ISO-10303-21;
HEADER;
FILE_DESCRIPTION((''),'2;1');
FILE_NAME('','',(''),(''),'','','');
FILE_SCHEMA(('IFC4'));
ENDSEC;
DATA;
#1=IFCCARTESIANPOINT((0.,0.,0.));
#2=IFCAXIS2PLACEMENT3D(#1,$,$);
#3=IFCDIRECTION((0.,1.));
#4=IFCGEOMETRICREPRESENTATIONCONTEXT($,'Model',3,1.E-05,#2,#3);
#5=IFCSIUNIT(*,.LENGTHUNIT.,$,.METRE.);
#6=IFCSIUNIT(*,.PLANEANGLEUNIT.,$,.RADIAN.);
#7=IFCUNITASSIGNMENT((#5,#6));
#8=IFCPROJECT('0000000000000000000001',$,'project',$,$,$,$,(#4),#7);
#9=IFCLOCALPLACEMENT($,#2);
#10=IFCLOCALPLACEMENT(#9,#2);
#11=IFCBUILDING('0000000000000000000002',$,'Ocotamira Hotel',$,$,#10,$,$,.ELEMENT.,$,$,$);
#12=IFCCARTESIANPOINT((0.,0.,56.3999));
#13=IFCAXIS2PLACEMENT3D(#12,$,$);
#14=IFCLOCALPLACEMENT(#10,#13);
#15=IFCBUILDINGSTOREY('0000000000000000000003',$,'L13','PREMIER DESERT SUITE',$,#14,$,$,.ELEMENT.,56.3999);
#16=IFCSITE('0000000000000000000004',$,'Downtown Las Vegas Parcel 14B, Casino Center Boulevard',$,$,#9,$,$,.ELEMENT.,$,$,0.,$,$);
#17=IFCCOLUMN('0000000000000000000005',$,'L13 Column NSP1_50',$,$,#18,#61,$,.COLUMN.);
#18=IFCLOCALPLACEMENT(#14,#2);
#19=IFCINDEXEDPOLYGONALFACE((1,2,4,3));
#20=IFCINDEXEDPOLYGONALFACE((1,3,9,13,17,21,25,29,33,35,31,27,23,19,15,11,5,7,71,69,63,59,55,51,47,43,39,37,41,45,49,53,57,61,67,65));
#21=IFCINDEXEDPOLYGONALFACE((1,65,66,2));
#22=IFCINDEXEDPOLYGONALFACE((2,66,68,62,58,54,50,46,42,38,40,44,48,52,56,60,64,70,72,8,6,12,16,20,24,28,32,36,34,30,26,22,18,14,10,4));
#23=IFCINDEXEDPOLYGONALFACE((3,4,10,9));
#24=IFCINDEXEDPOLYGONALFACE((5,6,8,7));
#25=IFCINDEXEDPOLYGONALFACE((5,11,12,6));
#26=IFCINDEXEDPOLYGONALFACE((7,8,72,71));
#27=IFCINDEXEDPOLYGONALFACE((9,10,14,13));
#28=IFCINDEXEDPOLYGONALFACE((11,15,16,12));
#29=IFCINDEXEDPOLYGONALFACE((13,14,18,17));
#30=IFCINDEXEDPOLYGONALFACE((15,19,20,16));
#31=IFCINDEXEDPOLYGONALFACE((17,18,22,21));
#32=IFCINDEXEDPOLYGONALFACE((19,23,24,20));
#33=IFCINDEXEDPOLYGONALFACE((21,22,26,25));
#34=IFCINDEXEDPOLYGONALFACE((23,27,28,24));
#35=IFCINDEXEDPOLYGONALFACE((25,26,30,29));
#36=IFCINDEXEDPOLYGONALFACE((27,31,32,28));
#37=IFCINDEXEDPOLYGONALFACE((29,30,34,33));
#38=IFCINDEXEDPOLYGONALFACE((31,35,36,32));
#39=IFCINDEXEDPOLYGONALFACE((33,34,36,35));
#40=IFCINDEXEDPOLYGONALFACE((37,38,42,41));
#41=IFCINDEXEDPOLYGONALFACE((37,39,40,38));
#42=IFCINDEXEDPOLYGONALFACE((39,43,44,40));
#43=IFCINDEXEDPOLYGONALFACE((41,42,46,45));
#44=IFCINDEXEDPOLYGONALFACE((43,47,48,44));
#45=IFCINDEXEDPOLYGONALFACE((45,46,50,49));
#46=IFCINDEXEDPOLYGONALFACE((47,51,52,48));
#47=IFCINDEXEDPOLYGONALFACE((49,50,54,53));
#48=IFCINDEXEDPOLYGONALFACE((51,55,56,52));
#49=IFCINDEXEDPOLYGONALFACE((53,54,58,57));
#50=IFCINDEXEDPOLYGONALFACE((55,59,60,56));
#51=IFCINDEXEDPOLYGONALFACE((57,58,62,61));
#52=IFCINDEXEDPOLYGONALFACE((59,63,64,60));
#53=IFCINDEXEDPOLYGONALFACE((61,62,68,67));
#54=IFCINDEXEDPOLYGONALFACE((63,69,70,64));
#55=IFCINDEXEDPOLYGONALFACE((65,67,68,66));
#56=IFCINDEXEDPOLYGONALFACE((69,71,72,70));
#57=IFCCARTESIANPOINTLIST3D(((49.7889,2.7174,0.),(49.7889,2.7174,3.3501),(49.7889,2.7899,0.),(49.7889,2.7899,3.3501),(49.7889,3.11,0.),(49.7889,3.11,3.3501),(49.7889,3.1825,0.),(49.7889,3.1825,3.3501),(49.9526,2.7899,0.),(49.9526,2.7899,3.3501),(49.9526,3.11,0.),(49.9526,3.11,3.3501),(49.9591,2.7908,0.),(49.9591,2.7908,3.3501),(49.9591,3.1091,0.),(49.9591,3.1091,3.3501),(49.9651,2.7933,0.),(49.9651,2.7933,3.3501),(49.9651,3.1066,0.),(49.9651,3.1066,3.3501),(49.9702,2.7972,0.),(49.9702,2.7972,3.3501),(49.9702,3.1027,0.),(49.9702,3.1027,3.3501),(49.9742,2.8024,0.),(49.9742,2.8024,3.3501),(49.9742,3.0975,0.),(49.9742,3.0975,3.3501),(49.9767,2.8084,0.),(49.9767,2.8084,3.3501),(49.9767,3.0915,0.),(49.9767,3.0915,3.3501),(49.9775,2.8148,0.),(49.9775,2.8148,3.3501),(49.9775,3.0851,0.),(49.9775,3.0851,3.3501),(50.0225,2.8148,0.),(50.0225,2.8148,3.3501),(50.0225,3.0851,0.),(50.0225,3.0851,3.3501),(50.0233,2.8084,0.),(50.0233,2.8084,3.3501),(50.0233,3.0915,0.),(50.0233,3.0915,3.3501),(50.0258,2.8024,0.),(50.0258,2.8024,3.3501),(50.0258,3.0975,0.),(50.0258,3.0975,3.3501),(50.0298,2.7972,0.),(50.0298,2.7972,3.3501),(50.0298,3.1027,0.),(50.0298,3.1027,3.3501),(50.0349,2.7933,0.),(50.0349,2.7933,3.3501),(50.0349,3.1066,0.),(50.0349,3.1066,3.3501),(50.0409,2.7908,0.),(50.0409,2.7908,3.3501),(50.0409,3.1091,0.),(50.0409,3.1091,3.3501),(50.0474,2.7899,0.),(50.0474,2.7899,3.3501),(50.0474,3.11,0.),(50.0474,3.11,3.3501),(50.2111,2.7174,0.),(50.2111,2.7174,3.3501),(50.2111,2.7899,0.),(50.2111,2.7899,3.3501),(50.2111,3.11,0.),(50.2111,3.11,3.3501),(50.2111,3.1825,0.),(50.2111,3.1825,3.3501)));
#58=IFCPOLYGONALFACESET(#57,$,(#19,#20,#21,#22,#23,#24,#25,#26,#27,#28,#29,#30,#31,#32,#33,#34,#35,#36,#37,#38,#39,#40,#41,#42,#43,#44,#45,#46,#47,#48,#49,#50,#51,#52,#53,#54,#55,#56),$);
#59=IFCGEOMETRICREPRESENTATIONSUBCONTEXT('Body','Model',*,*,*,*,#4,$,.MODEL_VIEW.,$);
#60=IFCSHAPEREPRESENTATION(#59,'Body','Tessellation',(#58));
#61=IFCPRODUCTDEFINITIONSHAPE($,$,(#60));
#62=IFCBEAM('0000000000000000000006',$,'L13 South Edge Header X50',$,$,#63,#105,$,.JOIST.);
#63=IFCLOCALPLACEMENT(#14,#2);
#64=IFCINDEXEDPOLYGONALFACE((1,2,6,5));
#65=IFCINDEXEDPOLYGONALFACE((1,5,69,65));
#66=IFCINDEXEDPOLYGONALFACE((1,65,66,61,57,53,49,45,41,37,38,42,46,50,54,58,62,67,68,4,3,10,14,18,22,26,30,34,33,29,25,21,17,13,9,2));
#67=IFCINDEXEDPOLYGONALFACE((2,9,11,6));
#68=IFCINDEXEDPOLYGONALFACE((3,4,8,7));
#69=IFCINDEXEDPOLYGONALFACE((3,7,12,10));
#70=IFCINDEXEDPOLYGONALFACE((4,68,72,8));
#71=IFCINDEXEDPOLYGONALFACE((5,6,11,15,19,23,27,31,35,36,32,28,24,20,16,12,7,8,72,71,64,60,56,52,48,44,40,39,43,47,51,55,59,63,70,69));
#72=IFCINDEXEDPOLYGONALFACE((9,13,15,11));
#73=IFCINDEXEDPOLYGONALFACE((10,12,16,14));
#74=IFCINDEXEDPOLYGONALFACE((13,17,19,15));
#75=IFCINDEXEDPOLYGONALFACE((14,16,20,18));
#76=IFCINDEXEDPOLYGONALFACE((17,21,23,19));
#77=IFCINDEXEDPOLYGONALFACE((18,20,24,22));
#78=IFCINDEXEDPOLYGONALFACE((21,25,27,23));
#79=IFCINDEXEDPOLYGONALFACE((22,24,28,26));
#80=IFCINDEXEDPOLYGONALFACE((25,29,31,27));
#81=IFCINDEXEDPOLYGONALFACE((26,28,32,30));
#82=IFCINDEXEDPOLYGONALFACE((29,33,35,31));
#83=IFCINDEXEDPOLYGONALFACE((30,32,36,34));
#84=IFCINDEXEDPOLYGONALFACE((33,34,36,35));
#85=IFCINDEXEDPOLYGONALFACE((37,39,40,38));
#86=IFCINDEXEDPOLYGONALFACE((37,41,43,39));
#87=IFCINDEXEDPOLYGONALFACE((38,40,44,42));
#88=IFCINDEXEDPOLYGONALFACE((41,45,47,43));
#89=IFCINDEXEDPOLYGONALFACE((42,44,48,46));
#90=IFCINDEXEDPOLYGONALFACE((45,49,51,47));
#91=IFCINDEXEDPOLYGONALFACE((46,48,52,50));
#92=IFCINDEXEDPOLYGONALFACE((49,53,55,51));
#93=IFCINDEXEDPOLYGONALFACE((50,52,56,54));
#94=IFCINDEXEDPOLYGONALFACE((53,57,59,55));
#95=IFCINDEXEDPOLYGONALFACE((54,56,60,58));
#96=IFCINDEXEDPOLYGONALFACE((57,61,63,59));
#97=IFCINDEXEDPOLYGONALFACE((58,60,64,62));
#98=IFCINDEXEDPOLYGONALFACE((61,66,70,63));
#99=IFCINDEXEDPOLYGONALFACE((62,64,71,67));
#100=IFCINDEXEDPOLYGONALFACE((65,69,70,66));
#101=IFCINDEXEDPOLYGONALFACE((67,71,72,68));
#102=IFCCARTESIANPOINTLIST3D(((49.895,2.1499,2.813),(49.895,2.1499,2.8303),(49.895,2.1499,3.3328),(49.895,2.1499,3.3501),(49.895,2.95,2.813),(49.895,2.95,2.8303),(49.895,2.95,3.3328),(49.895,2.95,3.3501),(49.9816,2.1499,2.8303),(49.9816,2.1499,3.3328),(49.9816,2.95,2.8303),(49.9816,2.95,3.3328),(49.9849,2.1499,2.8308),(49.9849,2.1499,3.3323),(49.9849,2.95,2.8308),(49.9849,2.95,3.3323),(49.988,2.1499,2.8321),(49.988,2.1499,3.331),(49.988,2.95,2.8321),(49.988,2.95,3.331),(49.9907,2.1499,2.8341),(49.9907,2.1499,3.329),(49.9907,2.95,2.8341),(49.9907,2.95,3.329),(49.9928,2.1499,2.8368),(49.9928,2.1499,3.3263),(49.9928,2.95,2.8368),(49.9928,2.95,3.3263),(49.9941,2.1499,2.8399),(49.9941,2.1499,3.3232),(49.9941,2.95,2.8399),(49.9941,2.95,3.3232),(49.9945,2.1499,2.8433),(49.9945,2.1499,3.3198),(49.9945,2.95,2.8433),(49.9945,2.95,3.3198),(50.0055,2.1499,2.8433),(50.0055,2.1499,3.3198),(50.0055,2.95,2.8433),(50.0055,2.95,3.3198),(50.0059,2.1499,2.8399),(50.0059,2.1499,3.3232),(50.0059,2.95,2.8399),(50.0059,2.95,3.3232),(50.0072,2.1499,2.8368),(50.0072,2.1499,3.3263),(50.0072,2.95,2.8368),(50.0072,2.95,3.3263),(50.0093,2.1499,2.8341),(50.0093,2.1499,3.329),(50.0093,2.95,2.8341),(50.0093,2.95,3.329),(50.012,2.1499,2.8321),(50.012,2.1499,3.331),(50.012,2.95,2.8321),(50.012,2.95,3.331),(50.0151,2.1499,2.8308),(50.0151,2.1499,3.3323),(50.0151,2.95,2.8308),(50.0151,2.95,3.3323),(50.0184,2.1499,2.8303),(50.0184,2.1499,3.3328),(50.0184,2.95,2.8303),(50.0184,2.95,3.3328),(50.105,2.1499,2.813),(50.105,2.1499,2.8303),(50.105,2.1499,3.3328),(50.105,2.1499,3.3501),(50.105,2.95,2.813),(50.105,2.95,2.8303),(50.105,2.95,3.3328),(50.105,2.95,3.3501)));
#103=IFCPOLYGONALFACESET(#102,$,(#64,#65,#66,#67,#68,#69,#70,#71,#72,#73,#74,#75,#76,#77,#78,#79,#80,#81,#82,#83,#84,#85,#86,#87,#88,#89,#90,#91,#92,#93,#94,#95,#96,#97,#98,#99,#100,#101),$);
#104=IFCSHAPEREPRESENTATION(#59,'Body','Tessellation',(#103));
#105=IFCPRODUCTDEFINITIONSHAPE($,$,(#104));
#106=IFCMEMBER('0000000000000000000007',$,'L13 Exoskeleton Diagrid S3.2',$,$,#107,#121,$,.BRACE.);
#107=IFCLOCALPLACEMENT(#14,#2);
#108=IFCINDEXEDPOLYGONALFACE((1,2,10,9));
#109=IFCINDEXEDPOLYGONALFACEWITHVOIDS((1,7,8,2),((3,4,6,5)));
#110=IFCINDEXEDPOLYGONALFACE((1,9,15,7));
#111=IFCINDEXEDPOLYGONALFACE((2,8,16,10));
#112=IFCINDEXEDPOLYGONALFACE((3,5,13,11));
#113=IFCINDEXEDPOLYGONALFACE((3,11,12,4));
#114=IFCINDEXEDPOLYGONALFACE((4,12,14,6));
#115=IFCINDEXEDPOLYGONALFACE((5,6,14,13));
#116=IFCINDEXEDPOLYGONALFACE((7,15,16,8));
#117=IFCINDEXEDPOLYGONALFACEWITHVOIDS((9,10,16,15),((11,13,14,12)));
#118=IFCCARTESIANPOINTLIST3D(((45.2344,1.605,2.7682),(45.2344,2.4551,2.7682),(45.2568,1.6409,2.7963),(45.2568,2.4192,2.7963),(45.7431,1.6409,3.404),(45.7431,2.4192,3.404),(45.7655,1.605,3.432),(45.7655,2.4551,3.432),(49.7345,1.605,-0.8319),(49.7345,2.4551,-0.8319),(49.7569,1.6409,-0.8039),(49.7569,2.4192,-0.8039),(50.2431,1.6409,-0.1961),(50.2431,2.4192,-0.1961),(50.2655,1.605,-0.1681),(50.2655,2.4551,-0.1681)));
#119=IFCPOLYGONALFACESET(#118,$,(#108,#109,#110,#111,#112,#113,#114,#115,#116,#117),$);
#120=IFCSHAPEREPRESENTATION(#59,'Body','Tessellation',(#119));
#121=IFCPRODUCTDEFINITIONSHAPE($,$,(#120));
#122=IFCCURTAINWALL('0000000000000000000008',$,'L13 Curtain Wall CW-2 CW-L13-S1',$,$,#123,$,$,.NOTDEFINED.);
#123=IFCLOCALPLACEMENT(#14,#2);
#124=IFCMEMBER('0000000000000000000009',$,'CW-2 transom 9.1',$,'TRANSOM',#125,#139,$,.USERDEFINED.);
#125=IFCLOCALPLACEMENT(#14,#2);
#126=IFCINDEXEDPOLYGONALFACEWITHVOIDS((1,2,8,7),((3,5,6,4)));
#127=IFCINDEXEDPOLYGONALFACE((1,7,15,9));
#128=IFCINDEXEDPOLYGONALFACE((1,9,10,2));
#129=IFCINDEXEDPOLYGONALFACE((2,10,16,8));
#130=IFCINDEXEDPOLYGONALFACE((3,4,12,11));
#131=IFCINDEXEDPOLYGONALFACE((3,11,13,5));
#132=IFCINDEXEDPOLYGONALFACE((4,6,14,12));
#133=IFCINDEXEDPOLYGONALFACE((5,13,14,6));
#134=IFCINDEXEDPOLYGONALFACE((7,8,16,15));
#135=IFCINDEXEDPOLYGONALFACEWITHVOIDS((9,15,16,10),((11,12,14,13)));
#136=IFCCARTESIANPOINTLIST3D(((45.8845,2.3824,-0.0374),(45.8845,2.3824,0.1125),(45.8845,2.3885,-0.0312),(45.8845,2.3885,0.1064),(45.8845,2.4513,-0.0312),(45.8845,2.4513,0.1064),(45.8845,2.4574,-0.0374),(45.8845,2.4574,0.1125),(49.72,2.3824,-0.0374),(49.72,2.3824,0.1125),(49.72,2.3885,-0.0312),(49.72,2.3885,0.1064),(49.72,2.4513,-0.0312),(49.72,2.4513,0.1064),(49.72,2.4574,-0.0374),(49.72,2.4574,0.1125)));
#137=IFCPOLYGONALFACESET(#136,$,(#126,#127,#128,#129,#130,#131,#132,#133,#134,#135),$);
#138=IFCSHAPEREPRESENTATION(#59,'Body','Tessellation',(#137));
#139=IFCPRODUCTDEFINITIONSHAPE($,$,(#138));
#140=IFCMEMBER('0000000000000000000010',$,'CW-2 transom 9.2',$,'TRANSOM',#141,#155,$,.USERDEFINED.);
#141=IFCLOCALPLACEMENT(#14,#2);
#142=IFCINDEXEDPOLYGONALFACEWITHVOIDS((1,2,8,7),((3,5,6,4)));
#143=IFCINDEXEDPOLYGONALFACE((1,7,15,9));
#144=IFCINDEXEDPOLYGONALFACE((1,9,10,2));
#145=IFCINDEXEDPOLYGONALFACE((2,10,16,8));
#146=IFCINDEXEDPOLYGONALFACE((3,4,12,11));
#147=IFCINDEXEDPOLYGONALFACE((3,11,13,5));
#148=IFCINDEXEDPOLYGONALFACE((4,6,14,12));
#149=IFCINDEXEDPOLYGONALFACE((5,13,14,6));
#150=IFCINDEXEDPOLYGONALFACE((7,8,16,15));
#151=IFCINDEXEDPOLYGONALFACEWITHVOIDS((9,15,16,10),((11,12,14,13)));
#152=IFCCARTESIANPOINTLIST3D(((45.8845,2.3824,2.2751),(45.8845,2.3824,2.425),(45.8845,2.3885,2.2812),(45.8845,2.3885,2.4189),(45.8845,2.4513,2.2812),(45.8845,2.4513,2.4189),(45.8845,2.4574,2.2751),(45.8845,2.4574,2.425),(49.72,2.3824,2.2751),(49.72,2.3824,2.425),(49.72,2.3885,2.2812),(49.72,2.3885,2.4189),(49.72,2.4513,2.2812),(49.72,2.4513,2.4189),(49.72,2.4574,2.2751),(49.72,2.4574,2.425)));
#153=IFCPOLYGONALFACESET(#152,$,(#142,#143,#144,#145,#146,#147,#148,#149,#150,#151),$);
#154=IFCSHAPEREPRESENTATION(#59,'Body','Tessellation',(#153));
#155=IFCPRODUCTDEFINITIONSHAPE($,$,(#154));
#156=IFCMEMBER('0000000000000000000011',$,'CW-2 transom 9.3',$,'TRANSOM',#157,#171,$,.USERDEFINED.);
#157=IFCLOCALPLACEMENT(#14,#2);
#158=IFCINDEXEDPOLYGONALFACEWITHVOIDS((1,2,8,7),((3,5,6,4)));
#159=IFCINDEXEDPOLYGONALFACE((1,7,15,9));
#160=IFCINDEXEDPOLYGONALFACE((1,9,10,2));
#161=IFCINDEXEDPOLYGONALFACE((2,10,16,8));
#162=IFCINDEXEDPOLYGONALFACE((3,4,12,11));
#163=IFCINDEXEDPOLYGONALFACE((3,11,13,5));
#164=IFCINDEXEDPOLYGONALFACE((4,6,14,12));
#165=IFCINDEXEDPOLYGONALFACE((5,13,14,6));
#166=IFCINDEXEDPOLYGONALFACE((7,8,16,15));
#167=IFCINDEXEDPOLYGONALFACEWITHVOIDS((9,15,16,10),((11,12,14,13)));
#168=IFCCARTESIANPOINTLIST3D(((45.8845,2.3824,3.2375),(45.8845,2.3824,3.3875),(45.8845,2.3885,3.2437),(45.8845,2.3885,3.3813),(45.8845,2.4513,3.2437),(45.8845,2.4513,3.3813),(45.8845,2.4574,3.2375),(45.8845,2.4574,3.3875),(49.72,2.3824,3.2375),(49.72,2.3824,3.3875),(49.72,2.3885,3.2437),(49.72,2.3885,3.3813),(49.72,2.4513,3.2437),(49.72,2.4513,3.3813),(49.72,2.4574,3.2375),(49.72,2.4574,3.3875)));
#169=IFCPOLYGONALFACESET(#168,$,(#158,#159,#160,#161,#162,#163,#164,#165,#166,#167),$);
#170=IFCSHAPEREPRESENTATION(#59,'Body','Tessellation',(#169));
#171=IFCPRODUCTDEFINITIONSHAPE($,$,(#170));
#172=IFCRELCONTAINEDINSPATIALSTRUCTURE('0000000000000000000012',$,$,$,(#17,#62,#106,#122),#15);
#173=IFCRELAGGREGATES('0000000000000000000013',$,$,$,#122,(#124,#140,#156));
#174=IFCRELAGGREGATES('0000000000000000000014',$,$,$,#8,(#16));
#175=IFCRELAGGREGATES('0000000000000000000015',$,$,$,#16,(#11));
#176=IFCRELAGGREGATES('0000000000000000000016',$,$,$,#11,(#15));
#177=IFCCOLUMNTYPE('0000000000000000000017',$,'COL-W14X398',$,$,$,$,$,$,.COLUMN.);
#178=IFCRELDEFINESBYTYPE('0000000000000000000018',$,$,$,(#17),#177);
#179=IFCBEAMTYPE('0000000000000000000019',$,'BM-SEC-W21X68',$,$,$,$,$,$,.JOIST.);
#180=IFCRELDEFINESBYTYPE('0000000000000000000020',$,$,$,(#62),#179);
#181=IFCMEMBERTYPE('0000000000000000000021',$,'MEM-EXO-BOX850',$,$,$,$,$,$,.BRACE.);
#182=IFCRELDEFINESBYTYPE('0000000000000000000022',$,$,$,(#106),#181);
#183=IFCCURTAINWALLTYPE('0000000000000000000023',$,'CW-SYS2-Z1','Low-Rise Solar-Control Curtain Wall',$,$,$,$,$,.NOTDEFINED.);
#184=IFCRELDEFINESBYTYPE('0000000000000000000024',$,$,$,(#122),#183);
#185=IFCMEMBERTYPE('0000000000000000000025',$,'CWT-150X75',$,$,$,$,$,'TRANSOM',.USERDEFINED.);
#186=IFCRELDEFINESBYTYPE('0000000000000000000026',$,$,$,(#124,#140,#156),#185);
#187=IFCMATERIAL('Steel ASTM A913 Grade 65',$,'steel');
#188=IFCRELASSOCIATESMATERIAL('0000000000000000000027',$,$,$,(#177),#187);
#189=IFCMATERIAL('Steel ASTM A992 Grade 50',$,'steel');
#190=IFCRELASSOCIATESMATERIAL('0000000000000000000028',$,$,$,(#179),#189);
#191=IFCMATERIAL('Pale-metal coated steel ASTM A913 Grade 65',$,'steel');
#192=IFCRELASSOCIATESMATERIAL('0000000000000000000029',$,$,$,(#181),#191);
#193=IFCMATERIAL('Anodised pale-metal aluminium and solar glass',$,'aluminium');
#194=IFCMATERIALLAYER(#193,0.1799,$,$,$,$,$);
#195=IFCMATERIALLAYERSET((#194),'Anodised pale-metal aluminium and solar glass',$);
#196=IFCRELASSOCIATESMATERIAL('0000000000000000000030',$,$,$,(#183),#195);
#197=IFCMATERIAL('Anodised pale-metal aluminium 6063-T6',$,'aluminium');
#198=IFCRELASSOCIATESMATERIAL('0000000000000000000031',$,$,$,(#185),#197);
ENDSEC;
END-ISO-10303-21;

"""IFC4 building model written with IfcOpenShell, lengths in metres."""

from ifc_helpers import new_model, si_unit, direction, frame, origin, origin_2d, place, context, subcontext, project, spatial, hollow_rectangle, i_section, extrude, source, transform, mapped, material, layer, layer_set, material_profile, profile_set, type_object, element, aggregate, save


model = new_model("IFC4")

# Units and contexts
model_context = context("Model", 3, precision=1e-05, world=origin(), true_north=direction((0.0, 1.0)))
body_context = subcontext(model_context, "Body", "Model", "MODEL_VIEW")
ifc_project = project(units=[si_unit("LENGTHUNIT", "METRE"), si_unit("PLANEANGLEUNIT", "RADIAN")], contexts=[model_context])

# Site, building, storey
site_placement = place(None, origin())
site = spatial("IfcSite", under=ifc_project, at=site_placement, Name="Downtown Las Vegas Parcel 14B, Casino Center Boulevard", CompositionType="ELEMENT", RefElevation=0.0)
building_placement = place(site_placement, origin())
building = spatial("IfcBuilding", under=site, at=building_placement, Name="Ocotamira Hotel", CompositionType="ELEMENT")
storey_placement = place(building_placement, frame((0.0, 0.0, 56.3999)))
storey = spatial("IfcBuildingStorey", under=building, at=storey_placement, Name="L13", Description="PREMIER DESERT SUITE", CompositionType="ELEMENT", Elevation=56.3999)

# Column
ifc_material_1 = material(Name="Steel ASTM A913 Grade 65", Category="steel")
ifc_material_profile_1 = material_profile(ifc_material_1, i_section(OverallWidth=0.4221, OverallDepth=0.4651, WebThickness=0.0449, FlangeThickness=0.0725, FilletRadius=0.0249, at=origin_2d()), Name="W14X398")
ifc_profile_set_1 = profile_set([ifc_material_profile_1], Name="Steel ASTM A913 Grade 65")
column_type = type_object("IfcColumnType", Name="COL-W14X398", PredefinedType="COLUMN", material=ifc_profile_set_1)
shared_shape_1 = source(origin(), body_context, "Body", "SweptSolid", [
    extrude(i_section(OverallWidth=0.4221, OverallDepth=0.4651, WebThickness=0.0449, FlangeThickness=0.0725, FilletRadius=0.0249, at=origin_2d()), origin(), (0.0, 0.0, 1.0), 3.3501),
])
column_placement = place(storey_placement, frame((50.0, 2.95, 0.0), z_axis=(0.0, 0.0, 1.0), x_axis=(1.0, 0.0, 0.0)))
element("IfcColumn", 1, at=column_placement, inside=storey, type_object=column_type, Name="L13 Column NSP1_50", PredefinedType="COLUMN", context=body_context, shape_type="MappedRepresentation", body=[
    mapped(shared_shape_1, transform((0.0, 0.0, 0.0), scale=1.0)),
])

# Beam
ifc_material_2 = material(Name="Steel ASTM A992 Grade 50", Category="steel")
ifc_material_profile_2 = material_profile(ifc_material_2, i_section(OverallWidth=0.21, OverallDepth=0.5371, WebThickness=0.011, FlangeThickness=0.0173, FilletRadius=0.0129, at=origin_2d()), Name="W21X68")
ifc_profile_set_2 = profile_set([ifc_material_profile_2], Name="Steel ASTM A992 Grade 50")
beam_type = type_object("IfcBeamType", Name="BM-SEC-W21X68", PredefinedType="JOIST", material=ifc_profile_set_2)
shared_shape_2 = source(origin(), body_context, "Body", "SweptSolid", [
    extrude(i_section(OverallWidth=0.21, OverallDepth=0.5371, WebThickness=0.011, FlangeThickness=0.0173, FilletRadius=0.0129, at=origin_2d()), origin(), (0.0, 0.0, 1.0), 0.8),
])
beam_placement = place(storey_placement, frame((50.0, 2.95, 3.0815), z_axis=(0.0, -1.0, 0.0), x_axis=(1.0, 0.0, 0.0)))
element("IfcBeam", 2, at=beam_placement, inside=storey, type_object=beam_type, Name="L13 South Edge Header X50", PredefinedType="JOIST", context=body_context, shape_type="MappedRepresentation", body=[
    mapped(shared_shape_2, transform((0.0, 0.0, 0.0), scale=1.0)),
])

# Member
ifc_material_3 = material(Name="Pale-metal coated steel ASTM A913 Grade 65", Category="steel")
ifc_material_profile_3 = material_profile(ifc_material_3, hollow_rectangle(XDim=0.8501, YDim=0.8501, WallThickness=0.0359, at=origin_2d()), Name="BOX850X850X36")
ifc_profile_set_3 = profile_set([ifc_material_profile_3], Name="Pale-metal coated steel ASTM A913 Grade 65")
member_type_1 = type_object("IfcMemberType", Name="MEM-EXO-BOX850", PredefinedType="BRACE", material=ifc_profile_set_3)
shared_shape_3 = source(origin(), body_context, "Body", "SweptSolid", [
    extrude(hollow_rectangle(XDim=0.8501, YDim=0.8501, WallThickness=0.0359, at=origin_2d()), origin(), (0.0, 0.0, 1.0), 5.7629),
])
member_1_placement = place(storey_placement, frame((50.0, 2.03, -0.5), z_axis=(-0.780861, 0.0, 0.624705), x_axis=(0.0, -1.0, 0.0)))
element("IfcMember", 3, at=member_1_placement, inside=storey, type_object=member_type_1, Name="L13 Exoskeleton Diagrid S3.2", PredefinedType="BRACE", context=body_context, shape_type="MappedRepresentation", body=[
    mapped(shared_shape_3, transform((0.0, 0.0, 0.0), scale=1.0)),
])

# Curtain wall, members
ifc_material_4 = material(Name="Anodised pale-metal aluminium and solar glass", Category="aluminium")
ifc_layer_1 = layer(ifc_material_4, 0.1799)
ifc_layer_set_1 = layer_set([ifc_layer_1], Name="Anodised pale-metal aluminium and solar glass")
curtain_wall_type = type_object("IfcCurtainWallType", Name="CW-SYS2-Z1", Description="Low-Rise Solar-Control Curtain Wall", PredefinedType="NOTDEFINED", material=ifc_layer_set_1)
curtain_wall_placement = place(storey_placement, origin())
curtain_wall = element("IfcCurtainWall", 4, at=curtain_wall_placement, inside=storey, type_object=curtain_wall_type, Name="L13 Curtain Wall CW-2 CW-L13-S1", PredefinedType="NOTDEFINED")
ifc_material_5 = material(Name="Anodised pale-metal aluminium 6063-T6", Category="aluminium")
ifc_material_profile_4 = material_profile(ifc_material_5, hollow_rectangle(XDim=0.075, YDim=0.1499, WallThickness=0.0061, at=origin_2d()), Name="HSS150X75X6")
ifc_profile_set_4 = profile_set([ifc_material_profile_4], Name="Anodised pale-metal aluminium 6063-T6")
member_type_2 = type_object("IfcMemberType", Name="CWT-150X75", ElementType="TRANSOM", PredefinedType="USERDEFINED", material=ifc_profile_set_4)
shared_shape_4 = source(origin(), body_context, "Body", "SweptSolid", [
    extrude(hollow_rectangle(XDim=0.075, YDim=0.1499, WallThickness=0.0061, at=origin_2d()), origin(), (0.0, 0.0, 1.0), 3.8354),
])
member_2_placement = place(storey_placement, frame((45.8845, 2.4199, 0.0376), z_axis=(1.0, 0.0, 0.0), x_axis=(0.0, 1.0, 0.0)))
member_2 = element("IfcMember", 5, at=member_2_placement, type_object=member_type_2, Name="CW-2 transom 9.1", ObjectType="TRANSOM", PredefinedType="USERDEFINED", context=body_context, shape_type="MappedRepresentation", body=[
    mapped(shared_shape_4, transform((0.0, 0.0, 0.0), scale=1.0)),
])
member_3_placement = place(storey_placement, frame((45.8845, 2.4199, 2.3501), z_axis=(1.0, 0.0, 0.0), x_axis=(0.0, 1.0, 0.0)))
member_3 = element("IfcMember", 6, at=member_3_placement, type_object=member_type_2, Name="CW-2 transom 9.2", ObjectType="TRANSOM", PredefinedType="USERDEFINED", context=body_context, shape_type="MappedRepresentation", body=[
    mapped(shared_shape_4, transform((0.0, 0.0, 0.0), scale=1.0)),
])
member_4_placement = place(storey_placement, frame((45.8845, 2.4199, 3.3125), z_axis=(1.0, 0.0, 0.0), x_axis=(0.0, 1.0, 0.0)))
member_4 = element("IfcMember", 7, at=member_4_placement, type_object=member_type_2, Name="CW-2 transom 9.3", ObjectType="TRANSOM", PredefinedType="USERDEFINED", context=body_context, shape_type="MappedRepresentation", body=[
    mapped(shared_shape_4, transform((0.0, 0.0, 0.0), scale=1.0)),
])
aggregate(curtain_wall, [member_2, member_3, member_4])

save(model, "model.ifc")
